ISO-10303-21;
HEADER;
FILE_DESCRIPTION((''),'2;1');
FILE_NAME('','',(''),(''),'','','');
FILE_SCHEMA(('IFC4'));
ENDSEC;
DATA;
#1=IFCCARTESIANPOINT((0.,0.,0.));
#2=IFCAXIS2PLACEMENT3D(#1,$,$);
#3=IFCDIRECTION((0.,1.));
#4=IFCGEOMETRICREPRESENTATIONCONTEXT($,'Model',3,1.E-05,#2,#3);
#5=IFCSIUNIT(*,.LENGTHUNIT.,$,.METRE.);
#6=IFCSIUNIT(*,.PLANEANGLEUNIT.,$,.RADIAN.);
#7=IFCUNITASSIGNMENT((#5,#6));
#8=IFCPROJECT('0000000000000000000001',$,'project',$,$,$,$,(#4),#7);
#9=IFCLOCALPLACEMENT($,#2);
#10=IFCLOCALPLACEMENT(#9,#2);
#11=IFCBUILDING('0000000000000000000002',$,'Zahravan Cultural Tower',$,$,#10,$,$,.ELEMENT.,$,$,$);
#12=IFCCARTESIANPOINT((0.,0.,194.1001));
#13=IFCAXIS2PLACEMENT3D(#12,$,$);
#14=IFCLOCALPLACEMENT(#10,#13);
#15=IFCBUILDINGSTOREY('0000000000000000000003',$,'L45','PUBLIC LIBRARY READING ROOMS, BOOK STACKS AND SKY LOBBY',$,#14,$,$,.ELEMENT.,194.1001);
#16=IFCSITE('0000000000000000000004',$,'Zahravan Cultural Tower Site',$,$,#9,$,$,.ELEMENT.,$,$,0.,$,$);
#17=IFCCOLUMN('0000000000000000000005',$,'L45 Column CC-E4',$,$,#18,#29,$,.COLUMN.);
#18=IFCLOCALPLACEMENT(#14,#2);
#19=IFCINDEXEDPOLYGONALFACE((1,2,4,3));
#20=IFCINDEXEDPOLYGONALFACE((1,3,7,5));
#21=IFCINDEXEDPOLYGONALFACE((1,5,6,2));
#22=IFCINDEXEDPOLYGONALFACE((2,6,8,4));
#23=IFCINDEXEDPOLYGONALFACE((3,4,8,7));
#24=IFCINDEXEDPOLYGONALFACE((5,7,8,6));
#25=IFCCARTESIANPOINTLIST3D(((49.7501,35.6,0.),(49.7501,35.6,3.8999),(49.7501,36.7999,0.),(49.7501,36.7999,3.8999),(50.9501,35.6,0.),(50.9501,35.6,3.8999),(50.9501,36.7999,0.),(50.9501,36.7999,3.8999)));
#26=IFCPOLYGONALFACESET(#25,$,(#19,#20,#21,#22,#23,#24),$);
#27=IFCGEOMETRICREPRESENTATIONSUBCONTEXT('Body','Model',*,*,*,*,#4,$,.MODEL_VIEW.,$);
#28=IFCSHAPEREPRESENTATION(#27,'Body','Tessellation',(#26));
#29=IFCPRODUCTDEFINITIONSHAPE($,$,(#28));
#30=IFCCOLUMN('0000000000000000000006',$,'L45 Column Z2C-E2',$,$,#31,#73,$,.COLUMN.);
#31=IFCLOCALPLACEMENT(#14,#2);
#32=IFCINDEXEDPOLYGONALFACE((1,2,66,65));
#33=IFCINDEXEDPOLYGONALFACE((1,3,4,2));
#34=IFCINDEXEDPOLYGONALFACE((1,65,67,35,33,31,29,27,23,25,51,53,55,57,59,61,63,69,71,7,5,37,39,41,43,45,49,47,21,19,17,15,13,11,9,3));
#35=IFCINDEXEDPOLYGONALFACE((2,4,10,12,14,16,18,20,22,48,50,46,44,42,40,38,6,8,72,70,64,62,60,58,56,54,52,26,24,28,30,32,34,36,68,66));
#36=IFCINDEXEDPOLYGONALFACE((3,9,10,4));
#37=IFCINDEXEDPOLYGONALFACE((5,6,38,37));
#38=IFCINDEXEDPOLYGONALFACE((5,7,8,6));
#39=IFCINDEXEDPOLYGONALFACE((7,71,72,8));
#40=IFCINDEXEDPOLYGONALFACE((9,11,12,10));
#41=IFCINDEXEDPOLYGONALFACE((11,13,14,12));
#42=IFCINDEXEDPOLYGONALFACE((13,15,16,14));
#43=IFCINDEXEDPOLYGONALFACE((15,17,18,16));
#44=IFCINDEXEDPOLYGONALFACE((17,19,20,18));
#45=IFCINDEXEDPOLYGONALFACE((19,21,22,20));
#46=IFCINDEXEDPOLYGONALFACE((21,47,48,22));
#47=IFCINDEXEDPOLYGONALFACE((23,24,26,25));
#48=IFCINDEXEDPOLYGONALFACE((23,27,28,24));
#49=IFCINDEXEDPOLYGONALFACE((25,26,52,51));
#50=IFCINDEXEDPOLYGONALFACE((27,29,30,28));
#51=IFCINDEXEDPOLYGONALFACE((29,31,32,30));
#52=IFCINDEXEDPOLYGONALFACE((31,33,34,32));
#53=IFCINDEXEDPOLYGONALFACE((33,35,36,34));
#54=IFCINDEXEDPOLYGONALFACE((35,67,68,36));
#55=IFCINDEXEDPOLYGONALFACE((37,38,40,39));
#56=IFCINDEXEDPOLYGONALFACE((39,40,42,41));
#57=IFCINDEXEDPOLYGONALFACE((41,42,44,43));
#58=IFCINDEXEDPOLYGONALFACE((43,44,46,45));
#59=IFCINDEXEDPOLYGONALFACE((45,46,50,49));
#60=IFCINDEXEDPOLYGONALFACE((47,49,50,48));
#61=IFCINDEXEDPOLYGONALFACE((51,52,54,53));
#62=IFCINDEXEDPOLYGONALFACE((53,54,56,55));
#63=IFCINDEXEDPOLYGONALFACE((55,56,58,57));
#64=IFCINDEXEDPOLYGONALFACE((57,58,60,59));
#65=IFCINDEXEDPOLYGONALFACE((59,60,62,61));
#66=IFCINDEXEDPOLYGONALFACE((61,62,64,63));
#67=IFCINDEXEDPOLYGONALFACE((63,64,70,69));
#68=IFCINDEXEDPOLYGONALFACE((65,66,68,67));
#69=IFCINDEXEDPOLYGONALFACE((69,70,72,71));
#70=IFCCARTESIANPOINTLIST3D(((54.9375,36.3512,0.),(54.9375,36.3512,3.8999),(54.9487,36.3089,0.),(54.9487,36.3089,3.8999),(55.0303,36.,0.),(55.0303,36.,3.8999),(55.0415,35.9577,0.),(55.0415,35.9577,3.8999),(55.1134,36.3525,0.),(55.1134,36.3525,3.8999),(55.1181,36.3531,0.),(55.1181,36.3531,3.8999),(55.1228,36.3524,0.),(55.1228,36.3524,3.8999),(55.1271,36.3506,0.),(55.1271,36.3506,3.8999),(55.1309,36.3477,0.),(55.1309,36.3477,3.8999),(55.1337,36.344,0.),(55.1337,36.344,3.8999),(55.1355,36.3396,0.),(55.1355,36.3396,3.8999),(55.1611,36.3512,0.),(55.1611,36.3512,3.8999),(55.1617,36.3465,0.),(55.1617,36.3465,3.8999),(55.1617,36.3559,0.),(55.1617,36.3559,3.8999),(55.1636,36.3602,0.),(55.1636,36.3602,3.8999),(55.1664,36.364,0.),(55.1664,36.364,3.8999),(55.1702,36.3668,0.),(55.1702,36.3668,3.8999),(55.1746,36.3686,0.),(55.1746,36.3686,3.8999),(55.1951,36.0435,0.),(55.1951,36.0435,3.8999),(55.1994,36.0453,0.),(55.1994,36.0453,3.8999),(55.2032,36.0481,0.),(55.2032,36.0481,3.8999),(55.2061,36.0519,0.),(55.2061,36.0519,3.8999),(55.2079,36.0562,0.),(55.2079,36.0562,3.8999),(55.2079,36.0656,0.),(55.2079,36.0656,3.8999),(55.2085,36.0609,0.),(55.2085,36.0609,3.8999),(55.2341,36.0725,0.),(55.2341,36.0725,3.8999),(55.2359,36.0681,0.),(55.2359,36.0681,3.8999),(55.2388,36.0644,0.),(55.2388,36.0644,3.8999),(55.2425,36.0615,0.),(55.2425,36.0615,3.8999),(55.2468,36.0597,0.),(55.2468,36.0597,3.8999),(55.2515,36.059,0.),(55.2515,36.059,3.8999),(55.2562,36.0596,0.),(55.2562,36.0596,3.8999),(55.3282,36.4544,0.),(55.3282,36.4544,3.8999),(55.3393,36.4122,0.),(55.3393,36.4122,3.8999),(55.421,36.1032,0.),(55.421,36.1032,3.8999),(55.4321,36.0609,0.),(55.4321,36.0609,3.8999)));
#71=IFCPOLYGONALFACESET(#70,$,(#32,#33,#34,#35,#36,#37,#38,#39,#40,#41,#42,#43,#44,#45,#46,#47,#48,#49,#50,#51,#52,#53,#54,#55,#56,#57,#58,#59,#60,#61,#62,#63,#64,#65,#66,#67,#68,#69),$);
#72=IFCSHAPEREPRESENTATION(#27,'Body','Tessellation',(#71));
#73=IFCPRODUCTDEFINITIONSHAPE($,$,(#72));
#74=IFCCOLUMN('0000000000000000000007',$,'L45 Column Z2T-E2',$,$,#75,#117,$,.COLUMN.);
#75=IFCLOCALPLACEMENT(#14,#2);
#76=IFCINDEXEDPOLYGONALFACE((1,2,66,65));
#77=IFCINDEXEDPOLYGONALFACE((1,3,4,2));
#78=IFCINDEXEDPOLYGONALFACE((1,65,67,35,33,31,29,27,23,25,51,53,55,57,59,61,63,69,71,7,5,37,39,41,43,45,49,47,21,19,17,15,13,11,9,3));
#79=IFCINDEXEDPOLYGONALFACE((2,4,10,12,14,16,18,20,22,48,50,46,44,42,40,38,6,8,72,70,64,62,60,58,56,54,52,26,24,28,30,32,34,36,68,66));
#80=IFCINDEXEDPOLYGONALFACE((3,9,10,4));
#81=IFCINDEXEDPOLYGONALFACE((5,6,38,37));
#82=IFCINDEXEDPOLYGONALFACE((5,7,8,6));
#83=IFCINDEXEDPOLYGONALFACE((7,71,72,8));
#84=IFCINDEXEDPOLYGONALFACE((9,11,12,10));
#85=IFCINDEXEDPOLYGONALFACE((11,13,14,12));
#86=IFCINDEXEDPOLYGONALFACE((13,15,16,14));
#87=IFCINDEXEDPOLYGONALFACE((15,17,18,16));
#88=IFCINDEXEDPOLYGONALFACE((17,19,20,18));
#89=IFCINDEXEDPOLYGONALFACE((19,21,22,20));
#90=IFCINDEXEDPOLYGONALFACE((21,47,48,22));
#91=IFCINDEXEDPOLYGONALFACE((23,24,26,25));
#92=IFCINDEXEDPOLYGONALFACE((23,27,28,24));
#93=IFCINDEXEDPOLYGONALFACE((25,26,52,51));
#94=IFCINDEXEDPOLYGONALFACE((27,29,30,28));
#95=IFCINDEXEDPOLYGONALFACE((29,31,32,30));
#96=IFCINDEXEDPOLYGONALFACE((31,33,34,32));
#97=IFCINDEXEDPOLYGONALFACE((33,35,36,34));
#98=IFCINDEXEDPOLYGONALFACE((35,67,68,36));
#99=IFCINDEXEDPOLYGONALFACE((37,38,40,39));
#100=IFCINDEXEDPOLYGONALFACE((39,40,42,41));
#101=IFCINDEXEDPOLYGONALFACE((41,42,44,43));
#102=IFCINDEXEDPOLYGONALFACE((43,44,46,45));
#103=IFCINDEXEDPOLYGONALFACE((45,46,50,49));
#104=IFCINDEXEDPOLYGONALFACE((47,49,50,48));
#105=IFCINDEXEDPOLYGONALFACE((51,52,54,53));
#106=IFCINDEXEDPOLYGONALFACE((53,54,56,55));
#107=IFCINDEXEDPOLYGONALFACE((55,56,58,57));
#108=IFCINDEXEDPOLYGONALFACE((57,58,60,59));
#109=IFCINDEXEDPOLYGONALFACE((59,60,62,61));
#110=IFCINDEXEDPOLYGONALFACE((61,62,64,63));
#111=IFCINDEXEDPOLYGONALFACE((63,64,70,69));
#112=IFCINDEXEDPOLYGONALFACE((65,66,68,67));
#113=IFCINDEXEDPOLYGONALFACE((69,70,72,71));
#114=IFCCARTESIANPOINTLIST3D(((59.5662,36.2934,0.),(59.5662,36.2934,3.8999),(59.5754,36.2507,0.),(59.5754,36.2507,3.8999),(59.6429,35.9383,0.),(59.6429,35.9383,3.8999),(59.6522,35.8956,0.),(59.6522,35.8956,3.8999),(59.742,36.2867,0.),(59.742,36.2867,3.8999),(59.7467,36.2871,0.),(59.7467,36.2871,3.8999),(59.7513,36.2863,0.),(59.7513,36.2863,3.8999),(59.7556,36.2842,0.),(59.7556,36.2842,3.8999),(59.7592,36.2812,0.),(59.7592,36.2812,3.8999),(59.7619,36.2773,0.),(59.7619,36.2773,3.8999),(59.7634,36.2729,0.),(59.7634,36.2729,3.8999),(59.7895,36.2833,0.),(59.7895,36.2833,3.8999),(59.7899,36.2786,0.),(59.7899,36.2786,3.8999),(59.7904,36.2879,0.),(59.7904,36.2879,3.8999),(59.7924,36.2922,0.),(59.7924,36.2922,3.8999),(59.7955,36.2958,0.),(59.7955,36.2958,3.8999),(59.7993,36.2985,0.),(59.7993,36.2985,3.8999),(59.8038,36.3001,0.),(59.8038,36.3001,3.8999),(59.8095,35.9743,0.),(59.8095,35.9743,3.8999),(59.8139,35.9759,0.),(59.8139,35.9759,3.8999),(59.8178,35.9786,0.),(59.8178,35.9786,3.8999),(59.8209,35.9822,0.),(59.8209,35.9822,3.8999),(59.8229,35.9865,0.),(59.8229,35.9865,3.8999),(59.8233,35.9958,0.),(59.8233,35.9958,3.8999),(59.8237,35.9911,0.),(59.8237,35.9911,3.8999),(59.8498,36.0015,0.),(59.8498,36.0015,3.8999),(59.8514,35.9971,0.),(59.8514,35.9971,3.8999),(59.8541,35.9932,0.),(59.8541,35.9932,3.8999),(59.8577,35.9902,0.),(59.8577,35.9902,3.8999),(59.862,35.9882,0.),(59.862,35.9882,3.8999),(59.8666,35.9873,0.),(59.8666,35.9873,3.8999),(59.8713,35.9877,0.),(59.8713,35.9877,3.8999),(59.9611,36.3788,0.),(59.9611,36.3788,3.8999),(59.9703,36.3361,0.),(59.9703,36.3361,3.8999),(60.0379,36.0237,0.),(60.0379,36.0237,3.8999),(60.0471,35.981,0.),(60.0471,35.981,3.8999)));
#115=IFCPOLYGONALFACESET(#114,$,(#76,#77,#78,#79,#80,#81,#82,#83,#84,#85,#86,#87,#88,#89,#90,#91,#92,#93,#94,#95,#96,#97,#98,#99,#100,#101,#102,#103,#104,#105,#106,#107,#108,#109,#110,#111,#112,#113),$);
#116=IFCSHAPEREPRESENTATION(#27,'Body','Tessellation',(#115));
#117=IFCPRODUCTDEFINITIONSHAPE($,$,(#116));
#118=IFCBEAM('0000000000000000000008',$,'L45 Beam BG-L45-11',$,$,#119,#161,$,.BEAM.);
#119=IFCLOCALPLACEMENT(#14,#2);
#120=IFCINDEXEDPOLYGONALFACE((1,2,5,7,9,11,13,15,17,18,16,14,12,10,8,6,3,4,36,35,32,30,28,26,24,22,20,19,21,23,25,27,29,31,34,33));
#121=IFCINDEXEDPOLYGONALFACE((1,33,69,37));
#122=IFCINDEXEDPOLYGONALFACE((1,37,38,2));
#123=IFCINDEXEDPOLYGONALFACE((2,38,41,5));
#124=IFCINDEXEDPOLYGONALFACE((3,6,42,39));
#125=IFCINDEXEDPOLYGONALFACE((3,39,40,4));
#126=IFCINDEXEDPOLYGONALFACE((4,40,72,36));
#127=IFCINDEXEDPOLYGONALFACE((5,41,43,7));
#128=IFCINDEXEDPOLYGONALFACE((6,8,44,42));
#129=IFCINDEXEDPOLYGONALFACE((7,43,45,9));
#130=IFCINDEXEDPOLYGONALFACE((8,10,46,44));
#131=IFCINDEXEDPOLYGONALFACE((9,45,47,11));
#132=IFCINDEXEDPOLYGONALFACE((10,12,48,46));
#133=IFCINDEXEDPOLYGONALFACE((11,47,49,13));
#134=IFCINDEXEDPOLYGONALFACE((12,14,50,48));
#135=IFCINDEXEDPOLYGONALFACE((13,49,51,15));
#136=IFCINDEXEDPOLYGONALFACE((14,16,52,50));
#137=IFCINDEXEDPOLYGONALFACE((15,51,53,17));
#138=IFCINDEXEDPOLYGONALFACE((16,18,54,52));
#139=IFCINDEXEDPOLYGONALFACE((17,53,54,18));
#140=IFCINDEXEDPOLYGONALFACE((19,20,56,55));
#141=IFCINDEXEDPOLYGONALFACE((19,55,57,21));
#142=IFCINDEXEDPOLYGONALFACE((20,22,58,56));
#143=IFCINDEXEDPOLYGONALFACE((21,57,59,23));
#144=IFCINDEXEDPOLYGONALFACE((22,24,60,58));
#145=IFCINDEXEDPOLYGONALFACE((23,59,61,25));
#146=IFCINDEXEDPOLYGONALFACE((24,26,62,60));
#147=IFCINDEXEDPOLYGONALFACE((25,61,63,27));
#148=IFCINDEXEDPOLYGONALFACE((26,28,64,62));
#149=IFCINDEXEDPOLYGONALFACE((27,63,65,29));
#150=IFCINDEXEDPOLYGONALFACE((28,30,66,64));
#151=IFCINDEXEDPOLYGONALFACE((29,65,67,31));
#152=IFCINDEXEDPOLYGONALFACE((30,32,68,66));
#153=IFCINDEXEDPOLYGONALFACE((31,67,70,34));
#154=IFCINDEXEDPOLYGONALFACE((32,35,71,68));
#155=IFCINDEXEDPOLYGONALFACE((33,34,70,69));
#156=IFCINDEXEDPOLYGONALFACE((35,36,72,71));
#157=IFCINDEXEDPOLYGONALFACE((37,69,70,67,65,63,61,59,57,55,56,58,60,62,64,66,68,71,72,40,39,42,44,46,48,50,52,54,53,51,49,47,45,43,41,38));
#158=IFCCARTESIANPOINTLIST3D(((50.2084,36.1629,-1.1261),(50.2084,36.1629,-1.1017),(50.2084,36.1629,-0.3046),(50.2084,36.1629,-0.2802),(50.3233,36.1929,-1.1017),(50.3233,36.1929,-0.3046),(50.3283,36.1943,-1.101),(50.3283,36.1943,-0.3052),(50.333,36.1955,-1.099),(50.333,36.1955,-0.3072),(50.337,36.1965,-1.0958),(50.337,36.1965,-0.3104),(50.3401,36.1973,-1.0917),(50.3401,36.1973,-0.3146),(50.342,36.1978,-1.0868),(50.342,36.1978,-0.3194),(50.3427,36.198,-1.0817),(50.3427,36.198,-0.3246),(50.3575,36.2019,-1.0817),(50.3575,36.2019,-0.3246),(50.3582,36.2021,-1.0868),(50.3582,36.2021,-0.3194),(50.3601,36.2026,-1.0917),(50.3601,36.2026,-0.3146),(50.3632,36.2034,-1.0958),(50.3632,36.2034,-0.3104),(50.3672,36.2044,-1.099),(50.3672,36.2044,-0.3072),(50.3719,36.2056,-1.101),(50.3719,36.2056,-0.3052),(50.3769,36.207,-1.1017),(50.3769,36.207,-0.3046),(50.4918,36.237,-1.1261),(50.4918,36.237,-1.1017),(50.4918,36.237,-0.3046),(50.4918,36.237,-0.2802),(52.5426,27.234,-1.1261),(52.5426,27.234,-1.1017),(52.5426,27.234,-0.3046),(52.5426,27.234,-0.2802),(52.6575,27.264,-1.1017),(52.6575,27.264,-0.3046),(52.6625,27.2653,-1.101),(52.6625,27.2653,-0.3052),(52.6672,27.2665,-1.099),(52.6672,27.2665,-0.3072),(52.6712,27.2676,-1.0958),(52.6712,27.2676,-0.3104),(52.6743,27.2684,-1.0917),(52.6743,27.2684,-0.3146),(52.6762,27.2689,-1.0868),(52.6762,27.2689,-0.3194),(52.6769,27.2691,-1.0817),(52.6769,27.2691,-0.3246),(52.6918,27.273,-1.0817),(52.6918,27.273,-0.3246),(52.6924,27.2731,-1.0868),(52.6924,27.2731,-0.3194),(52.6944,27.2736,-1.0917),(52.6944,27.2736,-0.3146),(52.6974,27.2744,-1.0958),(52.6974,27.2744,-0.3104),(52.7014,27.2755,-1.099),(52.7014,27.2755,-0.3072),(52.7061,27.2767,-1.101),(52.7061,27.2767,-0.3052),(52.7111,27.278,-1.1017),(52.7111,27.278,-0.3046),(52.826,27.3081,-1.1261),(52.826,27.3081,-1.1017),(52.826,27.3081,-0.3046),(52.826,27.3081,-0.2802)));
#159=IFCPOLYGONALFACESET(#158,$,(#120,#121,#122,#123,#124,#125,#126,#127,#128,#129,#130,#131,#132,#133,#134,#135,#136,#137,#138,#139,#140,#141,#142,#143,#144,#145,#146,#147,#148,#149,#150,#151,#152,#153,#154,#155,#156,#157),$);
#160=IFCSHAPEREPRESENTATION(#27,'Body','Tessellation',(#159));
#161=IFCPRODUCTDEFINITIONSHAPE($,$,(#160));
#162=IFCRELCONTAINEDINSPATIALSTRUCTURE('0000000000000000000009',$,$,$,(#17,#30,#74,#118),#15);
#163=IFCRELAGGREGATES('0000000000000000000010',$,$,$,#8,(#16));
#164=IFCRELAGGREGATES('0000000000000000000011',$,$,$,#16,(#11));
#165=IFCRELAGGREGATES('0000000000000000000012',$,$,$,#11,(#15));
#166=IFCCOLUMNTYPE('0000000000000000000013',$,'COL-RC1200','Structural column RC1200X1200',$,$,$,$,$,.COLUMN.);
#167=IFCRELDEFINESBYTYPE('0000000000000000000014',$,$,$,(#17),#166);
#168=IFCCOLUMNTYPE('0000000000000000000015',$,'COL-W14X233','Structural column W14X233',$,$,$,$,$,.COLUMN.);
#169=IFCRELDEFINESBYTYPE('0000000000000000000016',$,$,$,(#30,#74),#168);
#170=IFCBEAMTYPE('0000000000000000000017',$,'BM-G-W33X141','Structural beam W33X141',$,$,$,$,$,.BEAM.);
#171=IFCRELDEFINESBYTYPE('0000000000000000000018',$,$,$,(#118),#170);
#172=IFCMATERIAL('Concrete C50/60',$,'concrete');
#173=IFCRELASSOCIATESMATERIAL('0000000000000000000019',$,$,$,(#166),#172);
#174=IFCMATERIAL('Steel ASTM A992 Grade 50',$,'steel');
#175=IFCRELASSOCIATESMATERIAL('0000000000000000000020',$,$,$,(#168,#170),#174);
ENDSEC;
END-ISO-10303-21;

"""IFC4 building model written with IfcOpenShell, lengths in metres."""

from ifc_helpers import new_model, si_unit, direction, frame, origin, origin_2d, place, context, subcontext, project, spatial, rectangle, i_section, extrude, source, transform, mapped, material, material_profile, profile_set, type_object, element, save


model = new_model("IFC4")

# Units and contexts
model_context = context("Model", 3, precision=1e-05, world=origin(), true_north=direction((0.0, 1.0)))
body_context = subcontext(model_context, "Body", "Model", "MODEL_VIEW")
ifc_project = project(units=[si_unit("LENGTHUNIT", "METRE"), si_unit("PLANEANGLEUNIT", "RADIAN")], contexts=[model_context])

# Site, building, storey
site_placement = place(None, origin())
site = spatial("IfcSite", under=ifc_project, at=site_placement, Name="Zahravan Cultural Tower Site", CompositionType="ELEMENT", RefElevation=0.0)
building_placement = place(site_placement, origin())
building = spatial("IfcBuilding", under=site, at=building_placement, Name="Zahravan Cultural Tower", CompositionType="ELEMENT")
storey_placement = place(building_placement, frame((0.0, 0.0, 194.1001)))
storey = spatial("IfcBuildingStorey", under=building, at=storey_placement, Name="L45", Description="PUBLIC LIBRARY READING ROOMS, BOOK STACKS AND SKY LOBBY", CompositionType="ELEMENT", Elevation=194.1001)

# Columns
ifc_material_1 = material(Name="Concrete C50/60", Category="concrete")
ifc_material_profile_1 = material_profile(ifc_material_1, rectangle(XDim=1.2, YDim=1.2, at=origin_2d()), Name="RC1200X1200")
ifc_profile_set_1 = profile_set([ifc_material_profile_1], Name="Concrete C50/60")
column_type_1 = type_object("IfcColumnType", Name="COL-RC1200", Description="Structural column RC1200X1200", PredefinedType="COLUMN", material=ifc_profile_set_1)
shared_shape_1 = source(origin(), body_context, "Body", "SweptSolid", [
    extrude(rectangle(XDim=1.2, YDim=1.2, at=origin_2d()), origin(), (0.0, 0.0, 1.0), 3.8999),
])
column_placement = place(storey_placement, frame((50.3501, 36.2, 0.0), z_axis=(0.0, 0.0, 1.0), x_axis=(1.0, 0.0, 0.0)))
element("IfcColumn", 1, at=column_placement, inside=storey, type_object=column_type_1, Name="L45 Column CC-E4", PredefinedType="COLUMN", context=body_context, shape_type="MappedRepresentation", body=[
    mapped(shared_shape_1, transform((0.0, 0.0, 0.0), x_axis=(1.0, 0.0, 0.0), y_axis=(0.0, 1.0, 0.0), z_axis=(0.0, 0.0, 1.0), scale=1.0)),
])
ifc_material_2 = material(Name="Steel ASTM A992 Grade 50", Category="steel")
ifc_material_profile_2 = material_profile(ifc_material_2, i_section(OverallWidth=0.4041, OverallDepth=0.407, WebThickness=0.0271, FlangeThickness=0.0437, FilletRadius=0.0181, at=origin_2d()), Name="W14X233")
ifc_profile_set_2 = profile_set([ifc_material_profile_2], Name="Steel ASTM A992 Grade 50")
column_type_2 = type_object("IfcColumnType", Name="COL-W14X233", Description="Structural column W14X233", PredefinedType="COLUMN", material=ifc_profile_set_2)
shared_shape_2 = source(origin(), body_context, "Body", "SweptSolid", [
    extrude(i_section(OverallWidth=0.4041, OverallDepth=0.407, WebThickness=0.0271, FlangeThickness=0.0437, FilletRadius=0.0181, at=origin_2d()), origin(), (0.0, 0.0, 1.0), 3.8999),
])
for number, where, z_axis, x_axis, name in (
    (2, (55.1848, 36.2061, 0.0), (0.0, 0.0, 1.0), (0.966823, 0.255446, 0.0), "L45 Column Z2C-E2"),
    (3, (59.8066, 36.1372, 0.0), (0.0, 0.0, 1.0), (0.977416, 0.211325, 0.0), "L45 Column Z2T-E2"),
):
    element("IfcColumn", number, at=place(storey_placement, frame(where, z_axis=z_axis, x_axis=x_axis)), inside=storey, type_object=column_type_2, Name=name, PredefinedType="COLUMN", context=body_context, shape_type="MappedRepresentation", body=[
        mapped(shared_shape_2, transform((0.0, 0.0, 0.0), x_axis=(1.0, 0.0, 0.0), y_axis=(0.0, 1.0, 0.0), z_axis=(0.0, 0.0, 1.0), scale=1.0)),
    ])

# Beam
ifc_material_profile_3 = material_profile(ifc_material_2, i_section(OverallWidth=0.293, OverallDepth=0.8459, WebThickness=0.0154, FlangeThickness=0.0244, FilletRadius=0.02, at=origin_2d()), Name="W33X141")
ifc_profile_set_3 = profile_set([ifc_material_profile_3], Name="Steel ASTM A992 Grade 50")
beam_type_1 = type_object("IfcBeamType", Name="BM-G-W33X141", Description="Structural beam W33X141", PredefinedType="BEAM", material=ifc_profile_set_3)
shared_shape_3 = source(origin(), body_context, "Body", "SweptSolid", [
    extrude(i_section(OverallWidth=0.293, OverallDepth=0.8459, WebThickness=0.0154, FlangeThickness=0.0244, FilletRadius=0.02, at=origin_2d()), origin(), (0.0, 0.0, 1.0), 9.229),
])
beam_1_placement = place(storey_placement, frame((50.3501, 36.2, -0.7031), z_axis=(0.252923, -0.967487, 0.0), x_axis=(0.967487, 0.252923, 0.0)))
element("IfcBeam", 4, at=beam_1_placement, inside=storey, type_object=beam_type_1, Name="L45 Beam BG-L45-11", PredefinedType="BEAM", context=body_context, shape_type="MappedRepresentation", body=[
    mapped(shared_shape_3, transform((0.0, 0.0, 0.0), x_axis=(1.0, 0.0, 0.0), y_axis=(0.0, 1.0, 0.0), z_axis=(0.0, 0.0, 1.0), scale=1.0)),
])

save(model, "model.ifc")
